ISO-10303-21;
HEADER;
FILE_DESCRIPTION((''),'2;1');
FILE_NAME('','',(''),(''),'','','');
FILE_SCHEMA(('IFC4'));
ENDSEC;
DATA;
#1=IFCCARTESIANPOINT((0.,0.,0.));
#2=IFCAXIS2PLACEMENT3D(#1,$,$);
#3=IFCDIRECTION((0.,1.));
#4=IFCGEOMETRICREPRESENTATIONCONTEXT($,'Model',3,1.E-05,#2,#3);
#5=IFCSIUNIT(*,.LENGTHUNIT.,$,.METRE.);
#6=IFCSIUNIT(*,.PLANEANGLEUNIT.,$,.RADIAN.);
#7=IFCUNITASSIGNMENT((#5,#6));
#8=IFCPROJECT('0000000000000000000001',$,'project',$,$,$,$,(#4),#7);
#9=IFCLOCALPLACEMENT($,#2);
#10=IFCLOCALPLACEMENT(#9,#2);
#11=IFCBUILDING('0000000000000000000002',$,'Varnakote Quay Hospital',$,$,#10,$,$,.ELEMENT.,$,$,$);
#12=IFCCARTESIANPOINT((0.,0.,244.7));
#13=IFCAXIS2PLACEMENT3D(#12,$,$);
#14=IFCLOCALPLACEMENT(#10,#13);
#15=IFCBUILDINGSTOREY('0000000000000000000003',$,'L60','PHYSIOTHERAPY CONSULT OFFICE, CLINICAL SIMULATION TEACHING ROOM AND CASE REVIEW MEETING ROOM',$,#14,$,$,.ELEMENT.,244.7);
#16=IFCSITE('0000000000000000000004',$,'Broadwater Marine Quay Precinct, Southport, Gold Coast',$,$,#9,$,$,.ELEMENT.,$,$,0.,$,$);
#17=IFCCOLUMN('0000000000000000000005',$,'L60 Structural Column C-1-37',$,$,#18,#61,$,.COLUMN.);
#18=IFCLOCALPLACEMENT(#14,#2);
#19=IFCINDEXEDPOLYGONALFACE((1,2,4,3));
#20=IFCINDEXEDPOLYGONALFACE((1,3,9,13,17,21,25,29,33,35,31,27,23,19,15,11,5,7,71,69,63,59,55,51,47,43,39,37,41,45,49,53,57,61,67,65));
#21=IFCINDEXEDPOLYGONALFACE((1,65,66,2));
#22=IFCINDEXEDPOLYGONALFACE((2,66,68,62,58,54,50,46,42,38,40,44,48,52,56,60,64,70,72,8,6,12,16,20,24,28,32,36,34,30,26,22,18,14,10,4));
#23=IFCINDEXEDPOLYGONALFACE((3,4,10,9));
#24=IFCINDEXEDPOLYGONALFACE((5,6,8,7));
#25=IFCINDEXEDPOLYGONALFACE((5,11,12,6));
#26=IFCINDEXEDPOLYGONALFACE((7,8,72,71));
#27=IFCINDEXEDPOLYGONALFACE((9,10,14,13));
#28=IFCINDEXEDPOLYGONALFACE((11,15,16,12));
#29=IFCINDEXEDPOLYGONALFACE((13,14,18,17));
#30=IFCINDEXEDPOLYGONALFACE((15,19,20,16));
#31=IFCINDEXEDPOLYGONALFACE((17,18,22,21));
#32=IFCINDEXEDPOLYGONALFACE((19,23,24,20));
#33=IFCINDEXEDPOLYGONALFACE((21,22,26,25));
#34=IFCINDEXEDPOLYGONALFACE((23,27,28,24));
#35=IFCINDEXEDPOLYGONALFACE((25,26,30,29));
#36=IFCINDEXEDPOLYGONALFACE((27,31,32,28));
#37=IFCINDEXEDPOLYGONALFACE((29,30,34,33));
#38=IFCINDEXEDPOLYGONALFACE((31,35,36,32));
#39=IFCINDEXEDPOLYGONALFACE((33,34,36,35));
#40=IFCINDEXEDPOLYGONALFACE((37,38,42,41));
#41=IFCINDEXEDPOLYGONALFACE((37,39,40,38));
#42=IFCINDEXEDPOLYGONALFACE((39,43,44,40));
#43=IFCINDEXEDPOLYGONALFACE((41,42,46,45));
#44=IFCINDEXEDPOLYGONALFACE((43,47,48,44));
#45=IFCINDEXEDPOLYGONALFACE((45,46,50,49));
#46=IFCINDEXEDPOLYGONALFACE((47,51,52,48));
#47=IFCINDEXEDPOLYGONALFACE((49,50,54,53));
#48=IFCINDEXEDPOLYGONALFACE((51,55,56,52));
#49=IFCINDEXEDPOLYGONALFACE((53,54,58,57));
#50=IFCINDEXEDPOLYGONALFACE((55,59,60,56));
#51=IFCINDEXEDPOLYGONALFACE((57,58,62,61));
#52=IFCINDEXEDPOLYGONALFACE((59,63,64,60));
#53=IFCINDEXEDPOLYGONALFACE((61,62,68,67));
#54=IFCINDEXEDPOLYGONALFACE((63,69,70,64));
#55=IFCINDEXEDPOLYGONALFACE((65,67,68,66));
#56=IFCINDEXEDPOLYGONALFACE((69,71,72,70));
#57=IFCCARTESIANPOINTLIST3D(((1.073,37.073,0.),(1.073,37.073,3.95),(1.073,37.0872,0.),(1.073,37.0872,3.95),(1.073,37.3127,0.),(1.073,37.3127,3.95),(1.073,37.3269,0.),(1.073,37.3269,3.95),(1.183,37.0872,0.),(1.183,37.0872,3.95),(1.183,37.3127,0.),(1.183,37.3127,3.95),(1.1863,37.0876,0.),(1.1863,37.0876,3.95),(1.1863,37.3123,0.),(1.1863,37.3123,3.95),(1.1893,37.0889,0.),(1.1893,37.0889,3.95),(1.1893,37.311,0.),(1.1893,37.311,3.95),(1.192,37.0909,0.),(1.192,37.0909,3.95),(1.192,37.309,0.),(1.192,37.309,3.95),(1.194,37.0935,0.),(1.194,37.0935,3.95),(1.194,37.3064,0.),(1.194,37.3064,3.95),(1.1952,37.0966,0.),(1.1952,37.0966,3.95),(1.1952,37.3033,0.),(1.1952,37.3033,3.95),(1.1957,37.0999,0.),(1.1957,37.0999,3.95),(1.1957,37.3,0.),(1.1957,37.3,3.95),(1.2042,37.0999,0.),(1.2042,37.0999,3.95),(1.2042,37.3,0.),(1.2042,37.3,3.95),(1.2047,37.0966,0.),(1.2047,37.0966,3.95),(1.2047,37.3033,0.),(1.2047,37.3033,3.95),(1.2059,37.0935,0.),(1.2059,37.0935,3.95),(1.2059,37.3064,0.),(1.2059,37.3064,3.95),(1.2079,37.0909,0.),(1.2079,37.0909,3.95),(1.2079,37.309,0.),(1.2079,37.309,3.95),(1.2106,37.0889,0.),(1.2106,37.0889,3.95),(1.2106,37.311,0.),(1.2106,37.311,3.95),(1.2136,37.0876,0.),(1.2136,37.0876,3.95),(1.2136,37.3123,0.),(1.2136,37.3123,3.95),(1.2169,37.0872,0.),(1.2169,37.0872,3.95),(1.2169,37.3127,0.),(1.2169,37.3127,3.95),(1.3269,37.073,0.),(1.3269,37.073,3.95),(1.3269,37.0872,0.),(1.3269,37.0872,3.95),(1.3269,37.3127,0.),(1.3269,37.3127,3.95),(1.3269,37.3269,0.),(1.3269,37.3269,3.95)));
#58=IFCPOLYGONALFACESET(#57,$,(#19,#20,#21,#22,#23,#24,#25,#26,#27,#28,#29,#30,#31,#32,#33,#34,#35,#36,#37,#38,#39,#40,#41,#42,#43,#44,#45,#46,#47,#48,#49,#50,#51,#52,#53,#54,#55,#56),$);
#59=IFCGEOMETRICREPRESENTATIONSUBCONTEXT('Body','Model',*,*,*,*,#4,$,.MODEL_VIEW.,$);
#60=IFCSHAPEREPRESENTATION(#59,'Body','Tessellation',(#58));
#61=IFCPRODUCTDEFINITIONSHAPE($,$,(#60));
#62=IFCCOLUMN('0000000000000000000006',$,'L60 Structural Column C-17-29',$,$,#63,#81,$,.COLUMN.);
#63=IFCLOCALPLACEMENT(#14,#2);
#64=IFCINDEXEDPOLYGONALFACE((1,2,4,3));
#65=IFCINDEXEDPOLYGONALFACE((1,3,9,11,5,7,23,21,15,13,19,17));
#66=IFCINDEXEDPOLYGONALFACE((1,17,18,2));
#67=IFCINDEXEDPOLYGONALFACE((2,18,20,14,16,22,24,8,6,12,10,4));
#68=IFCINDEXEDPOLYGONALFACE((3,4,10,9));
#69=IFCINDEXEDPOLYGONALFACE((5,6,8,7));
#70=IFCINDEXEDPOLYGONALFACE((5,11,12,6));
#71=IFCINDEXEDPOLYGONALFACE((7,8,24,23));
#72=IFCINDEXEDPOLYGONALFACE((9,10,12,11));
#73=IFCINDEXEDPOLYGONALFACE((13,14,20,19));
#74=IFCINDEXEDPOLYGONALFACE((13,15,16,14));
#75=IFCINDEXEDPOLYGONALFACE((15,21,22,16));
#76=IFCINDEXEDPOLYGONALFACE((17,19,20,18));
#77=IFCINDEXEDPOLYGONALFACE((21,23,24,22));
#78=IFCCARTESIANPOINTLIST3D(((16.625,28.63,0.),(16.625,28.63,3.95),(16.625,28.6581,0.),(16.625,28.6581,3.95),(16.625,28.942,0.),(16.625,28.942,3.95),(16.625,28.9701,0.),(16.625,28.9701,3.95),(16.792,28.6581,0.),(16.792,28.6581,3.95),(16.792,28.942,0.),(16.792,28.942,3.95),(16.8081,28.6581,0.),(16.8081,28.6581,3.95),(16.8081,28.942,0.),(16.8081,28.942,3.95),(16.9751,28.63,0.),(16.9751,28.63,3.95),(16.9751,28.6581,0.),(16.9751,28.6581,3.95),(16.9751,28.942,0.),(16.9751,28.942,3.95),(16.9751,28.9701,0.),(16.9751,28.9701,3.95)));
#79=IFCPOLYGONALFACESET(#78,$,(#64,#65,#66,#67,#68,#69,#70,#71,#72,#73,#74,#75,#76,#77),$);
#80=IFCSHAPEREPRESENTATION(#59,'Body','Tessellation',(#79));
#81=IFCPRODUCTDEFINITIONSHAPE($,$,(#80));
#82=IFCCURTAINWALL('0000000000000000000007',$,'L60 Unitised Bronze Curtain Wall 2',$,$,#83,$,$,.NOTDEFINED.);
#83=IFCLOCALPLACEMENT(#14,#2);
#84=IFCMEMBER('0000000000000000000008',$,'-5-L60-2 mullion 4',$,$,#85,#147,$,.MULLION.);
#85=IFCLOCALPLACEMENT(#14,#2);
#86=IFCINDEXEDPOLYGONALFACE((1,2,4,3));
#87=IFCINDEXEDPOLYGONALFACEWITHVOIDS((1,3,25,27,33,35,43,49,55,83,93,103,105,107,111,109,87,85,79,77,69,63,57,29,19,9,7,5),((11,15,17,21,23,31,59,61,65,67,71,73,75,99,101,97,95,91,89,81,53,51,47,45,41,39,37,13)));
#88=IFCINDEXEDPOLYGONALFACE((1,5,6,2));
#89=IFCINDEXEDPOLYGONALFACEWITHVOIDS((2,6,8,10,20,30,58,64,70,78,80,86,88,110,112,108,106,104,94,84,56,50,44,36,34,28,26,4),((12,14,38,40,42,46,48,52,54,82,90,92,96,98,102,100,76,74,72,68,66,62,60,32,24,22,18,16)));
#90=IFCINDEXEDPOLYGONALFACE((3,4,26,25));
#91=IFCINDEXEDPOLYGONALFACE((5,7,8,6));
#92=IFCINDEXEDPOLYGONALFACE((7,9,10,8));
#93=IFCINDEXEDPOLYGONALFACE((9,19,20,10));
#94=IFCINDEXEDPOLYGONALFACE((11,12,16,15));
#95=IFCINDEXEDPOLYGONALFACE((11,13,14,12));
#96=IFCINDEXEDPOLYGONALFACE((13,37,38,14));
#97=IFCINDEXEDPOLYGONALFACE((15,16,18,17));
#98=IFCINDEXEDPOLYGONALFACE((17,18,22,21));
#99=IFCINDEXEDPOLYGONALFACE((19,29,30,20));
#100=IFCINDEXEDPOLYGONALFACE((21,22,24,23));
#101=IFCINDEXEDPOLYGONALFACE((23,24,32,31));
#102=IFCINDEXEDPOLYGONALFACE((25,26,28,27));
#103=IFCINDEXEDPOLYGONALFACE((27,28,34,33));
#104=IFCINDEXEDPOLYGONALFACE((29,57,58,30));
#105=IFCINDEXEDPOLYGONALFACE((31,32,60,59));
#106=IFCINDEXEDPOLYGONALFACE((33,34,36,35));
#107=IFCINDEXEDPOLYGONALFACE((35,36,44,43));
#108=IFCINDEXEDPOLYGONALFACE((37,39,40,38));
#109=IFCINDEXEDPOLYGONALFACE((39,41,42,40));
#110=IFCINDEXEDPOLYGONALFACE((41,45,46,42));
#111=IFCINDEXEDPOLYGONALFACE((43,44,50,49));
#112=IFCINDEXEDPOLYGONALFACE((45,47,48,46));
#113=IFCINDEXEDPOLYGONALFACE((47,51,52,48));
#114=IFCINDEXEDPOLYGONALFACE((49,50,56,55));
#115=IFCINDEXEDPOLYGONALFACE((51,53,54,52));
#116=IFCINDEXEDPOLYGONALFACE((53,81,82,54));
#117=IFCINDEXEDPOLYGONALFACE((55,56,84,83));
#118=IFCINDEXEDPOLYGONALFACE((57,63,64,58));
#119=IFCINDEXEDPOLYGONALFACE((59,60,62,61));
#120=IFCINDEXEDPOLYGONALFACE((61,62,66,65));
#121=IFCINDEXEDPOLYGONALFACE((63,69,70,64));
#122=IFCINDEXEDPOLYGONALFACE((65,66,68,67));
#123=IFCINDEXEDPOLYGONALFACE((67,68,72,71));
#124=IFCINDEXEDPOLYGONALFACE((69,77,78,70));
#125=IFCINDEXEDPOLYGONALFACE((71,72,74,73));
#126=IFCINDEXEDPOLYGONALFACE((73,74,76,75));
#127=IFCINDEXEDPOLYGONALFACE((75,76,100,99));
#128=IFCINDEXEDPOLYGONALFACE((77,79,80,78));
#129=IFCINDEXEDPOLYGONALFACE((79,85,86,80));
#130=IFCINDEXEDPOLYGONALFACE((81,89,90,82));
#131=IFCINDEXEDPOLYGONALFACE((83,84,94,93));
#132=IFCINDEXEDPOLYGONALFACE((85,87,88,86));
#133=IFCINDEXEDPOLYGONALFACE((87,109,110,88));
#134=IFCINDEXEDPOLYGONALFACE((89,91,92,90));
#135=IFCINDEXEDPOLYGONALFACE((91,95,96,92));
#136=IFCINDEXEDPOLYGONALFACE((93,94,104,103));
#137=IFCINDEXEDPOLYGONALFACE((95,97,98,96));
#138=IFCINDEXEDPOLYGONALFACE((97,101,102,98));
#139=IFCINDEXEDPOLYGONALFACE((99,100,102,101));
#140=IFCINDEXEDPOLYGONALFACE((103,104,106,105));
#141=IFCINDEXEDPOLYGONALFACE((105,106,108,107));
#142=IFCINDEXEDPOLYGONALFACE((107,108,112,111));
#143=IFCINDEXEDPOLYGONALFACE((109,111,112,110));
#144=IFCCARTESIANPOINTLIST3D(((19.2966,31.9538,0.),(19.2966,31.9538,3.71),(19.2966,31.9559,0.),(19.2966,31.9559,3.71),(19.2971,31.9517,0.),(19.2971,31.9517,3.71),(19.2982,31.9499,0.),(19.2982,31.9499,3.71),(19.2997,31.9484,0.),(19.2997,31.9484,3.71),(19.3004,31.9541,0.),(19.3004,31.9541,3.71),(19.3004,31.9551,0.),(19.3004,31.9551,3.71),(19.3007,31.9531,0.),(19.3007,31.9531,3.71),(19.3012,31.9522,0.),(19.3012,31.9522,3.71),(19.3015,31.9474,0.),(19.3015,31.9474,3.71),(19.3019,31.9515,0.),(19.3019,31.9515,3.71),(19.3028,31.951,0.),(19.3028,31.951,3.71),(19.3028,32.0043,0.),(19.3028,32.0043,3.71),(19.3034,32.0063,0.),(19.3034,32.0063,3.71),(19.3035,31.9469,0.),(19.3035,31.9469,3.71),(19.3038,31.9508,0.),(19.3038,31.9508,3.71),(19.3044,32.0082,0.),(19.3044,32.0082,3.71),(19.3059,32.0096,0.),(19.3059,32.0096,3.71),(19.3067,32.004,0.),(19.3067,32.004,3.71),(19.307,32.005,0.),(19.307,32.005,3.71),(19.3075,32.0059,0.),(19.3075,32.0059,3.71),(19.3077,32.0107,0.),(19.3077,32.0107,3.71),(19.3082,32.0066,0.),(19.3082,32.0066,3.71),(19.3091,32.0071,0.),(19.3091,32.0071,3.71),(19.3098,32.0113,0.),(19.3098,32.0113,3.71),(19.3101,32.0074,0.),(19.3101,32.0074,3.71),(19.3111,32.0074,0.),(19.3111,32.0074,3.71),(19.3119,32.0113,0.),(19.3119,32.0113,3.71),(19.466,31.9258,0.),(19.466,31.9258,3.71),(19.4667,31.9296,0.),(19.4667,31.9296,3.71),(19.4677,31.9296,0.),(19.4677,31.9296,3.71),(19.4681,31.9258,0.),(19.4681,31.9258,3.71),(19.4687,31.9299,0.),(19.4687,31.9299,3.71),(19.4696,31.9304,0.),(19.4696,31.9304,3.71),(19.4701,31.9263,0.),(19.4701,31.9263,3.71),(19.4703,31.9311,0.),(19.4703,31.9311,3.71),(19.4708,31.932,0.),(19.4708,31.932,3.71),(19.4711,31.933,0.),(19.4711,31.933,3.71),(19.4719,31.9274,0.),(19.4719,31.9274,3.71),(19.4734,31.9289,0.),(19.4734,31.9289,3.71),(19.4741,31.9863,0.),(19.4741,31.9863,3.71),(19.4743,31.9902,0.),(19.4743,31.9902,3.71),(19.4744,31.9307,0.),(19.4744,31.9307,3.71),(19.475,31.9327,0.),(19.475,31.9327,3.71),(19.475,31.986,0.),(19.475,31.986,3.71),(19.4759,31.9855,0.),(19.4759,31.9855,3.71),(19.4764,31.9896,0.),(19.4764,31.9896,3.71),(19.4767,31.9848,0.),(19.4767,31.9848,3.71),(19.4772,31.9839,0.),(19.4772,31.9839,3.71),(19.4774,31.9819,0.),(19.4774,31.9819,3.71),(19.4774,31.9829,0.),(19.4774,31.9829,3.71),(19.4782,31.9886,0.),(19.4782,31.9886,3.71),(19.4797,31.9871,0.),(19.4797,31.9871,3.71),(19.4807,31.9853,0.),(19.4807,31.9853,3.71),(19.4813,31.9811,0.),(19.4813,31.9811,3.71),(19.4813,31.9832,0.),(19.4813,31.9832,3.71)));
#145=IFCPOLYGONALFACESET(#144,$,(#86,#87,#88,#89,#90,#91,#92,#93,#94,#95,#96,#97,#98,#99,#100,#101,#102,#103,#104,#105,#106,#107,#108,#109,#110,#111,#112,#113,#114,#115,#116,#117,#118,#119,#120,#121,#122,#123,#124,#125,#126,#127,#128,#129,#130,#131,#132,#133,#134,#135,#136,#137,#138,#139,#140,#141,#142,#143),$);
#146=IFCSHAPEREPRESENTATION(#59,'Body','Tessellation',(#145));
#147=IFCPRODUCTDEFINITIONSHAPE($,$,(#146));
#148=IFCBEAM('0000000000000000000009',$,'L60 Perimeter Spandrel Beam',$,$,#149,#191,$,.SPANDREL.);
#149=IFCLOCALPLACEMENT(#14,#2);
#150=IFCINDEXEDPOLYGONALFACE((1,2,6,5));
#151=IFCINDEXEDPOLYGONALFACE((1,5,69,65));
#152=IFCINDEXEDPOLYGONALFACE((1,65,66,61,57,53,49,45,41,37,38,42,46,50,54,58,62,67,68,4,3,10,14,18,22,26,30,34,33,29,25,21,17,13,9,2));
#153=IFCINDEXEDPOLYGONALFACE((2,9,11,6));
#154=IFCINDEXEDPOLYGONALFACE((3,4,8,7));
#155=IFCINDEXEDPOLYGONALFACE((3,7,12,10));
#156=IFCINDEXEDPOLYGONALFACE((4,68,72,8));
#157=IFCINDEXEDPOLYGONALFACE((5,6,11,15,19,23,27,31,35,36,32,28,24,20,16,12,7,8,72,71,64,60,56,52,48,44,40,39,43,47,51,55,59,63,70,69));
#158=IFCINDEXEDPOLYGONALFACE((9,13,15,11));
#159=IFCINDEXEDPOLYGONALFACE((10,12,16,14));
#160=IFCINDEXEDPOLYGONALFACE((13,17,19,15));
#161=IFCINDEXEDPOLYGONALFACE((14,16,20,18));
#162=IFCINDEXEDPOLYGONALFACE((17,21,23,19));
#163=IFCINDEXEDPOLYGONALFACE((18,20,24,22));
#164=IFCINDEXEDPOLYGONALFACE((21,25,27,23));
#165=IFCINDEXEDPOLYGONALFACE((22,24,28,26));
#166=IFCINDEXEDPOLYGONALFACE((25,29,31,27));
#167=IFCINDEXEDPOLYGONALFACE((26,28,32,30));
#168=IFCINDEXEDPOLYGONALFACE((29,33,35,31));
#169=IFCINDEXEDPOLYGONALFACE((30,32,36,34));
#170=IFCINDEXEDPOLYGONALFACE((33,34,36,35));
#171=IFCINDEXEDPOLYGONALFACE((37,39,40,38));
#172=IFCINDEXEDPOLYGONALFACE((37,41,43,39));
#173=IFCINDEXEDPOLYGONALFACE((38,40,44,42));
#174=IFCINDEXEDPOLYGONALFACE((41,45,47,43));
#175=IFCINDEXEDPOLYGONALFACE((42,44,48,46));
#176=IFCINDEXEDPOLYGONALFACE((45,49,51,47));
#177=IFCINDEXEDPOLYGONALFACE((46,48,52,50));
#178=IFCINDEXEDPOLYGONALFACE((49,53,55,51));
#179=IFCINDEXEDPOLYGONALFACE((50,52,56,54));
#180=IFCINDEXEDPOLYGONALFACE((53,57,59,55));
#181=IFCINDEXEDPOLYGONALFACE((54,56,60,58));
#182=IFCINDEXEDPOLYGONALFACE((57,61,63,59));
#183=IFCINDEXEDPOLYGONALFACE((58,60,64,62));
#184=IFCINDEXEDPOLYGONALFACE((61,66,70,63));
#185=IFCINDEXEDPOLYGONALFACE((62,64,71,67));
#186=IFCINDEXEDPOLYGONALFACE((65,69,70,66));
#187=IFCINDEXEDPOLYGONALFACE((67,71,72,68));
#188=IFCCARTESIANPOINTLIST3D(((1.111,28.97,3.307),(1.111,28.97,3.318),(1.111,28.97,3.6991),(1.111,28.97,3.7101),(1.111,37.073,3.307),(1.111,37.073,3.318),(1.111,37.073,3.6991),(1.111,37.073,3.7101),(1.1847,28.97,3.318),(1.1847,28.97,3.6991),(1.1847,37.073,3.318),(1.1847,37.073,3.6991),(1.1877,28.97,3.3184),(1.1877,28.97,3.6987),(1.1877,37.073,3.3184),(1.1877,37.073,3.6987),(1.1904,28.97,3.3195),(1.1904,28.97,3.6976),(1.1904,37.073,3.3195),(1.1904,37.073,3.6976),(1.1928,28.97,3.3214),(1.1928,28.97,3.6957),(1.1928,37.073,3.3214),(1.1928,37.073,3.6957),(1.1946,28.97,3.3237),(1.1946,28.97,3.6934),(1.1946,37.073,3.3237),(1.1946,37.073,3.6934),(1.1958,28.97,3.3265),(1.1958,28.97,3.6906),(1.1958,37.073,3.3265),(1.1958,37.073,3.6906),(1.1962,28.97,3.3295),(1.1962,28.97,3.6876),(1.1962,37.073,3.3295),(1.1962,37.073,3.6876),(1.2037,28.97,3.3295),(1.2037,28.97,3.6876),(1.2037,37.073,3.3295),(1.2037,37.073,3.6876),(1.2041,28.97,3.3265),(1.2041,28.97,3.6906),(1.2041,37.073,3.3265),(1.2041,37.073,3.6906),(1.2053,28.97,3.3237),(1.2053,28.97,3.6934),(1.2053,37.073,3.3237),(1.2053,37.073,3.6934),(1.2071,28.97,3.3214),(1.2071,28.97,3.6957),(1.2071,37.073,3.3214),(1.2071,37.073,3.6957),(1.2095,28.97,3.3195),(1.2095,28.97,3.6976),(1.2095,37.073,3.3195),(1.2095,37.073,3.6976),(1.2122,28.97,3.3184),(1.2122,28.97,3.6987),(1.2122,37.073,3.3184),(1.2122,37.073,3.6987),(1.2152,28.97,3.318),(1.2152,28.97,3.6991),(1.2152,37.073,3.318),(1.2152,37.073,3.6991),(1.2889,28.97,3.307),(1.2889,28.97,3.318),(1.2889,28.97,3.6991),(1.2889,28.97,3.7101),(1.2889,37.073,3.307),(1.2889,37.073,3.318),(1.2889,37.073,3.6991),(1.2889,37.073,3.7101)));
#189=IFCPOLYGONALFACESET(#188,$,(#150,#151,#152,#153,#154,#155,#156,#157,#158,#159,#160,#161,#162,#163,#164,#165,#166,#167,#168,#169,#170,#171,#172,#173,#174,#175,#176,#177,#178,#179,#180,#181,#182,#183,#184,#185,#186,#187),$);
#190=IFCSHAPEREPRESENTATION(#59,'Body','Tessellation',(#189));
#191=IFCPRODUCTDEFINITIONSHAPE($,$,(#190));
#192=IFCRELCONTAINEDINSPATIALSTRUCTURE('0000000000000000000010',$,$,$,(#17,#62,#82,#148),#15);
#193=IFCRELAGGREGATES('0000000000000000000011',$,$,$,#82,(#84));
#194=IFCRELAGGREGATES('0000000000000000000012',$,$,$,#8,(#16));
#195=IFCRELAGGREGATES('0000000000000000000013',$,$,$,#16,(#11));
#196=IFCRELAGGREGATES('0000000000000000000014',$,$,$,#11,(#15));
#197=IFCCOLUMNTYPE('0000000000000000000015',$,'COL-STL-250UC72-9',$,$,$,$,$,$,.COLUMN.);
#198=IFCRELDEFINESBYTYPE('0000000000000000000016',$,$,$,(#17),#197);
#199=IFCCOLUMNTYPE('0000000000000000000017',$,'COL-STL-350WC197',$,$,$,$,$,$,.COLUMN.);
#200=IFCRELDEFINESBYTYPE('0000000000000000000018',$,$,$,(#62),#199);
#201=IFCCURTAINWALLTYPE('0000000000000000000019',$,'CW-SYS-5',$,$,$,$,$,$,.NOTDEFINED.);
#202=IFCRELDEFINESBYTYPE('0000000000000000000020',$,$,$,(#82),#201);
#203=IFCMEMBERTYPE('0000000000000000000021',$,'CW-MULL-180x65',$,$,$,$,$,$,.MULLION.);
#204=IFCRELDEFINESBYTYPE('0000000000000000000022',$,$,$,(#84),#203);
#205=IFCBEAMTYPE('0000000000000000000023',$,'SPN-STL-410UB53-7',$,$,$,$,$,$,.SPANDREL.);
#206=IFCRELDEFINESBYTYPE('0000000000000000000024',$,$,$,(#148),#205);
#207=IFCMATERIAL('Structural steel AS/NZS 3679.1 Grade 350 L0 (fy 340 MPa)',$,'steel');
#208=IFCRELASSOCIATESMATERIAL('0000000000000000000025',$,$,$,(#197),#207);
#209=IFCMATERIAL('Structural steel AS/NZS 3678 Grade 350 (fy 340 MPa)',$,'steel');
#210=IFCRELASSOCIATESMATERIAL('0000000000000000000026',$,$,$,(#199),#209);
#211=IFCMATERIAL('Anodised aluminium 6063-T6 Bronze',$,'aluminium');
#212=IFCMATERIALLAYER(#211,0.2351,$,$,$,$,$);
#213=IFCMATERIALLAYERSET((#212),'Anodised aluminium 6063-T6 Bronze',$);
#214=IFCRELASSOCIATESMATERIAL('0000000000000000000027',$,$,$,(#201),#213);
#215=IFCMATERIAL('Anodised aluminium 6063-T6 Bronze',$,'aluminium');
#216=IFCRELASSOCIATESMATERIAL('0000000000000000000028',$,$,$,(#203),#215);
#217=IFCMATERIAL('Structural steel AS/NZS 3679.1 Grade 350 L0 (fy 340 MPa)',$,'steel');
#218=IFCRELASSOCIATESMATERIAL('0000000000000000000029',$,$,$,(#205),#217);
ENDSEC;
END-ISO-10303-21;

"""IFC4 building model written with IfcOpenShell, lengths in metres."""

from ifc_helpers import new_model, si_unit, direction, frame, origin, origin_2d, place, context, subcontext, project, spatial, hollow_rectangle, i_section, extrude, material, layer, layer_set, material_profile, profile_set, type_object, element, aggregate, save


model = new_model("IFC4")

# Units and contexts
model_context = context("Model", 3, precision=1e-05, world=origin(), true_north=direction((0.0, 1.0)))
body_context = subcontext(model_context, "Body", "Model", "MODEL_VIEW")
ifc_project = project(units=[si_unit("LENGTHUNIT", "METRE"), si_unit("PLANEANGLEUNIT", "RADIAN")], contexts=[model_context])

# Site, building, storey
site_placement = place(None, origin())
site = spatial("IfcSite", under=ifc_project, at=site_placement, Name="Broadwater Marine Quay Precinct, Southport, Gold Coast", CompositionType="ELEMENT", RefElevation=0.0)
building_placement = place(site_placement, origin())
building = spatial("IfcBuilding", under=site, at=building_placement, Name="Varnakote Quay Hospital", CompositionType="ELEMENT")
storey_placement = place(building_placement, frame((0.0, 0.0, 244.7)))
storey = spatial("IfcBuildingStorey", under=building, at=storey_placement, Name="L60", Description="PHYSIOTHERAPY CONSULT OFFICE, CLINICAL SIMULATION TEACHING ROOM AND CASE REVIEW MEETING ROOM", CompositionType="ELEMENT", Elevation=244.7)

# Columns
ifc_material_1 = material(Name="Structural steel AS/NZS 3679.1 Grade 350 L0 (fy 340 MPa)", Category="steel")
ifc_material_profile_1 = material_profile(ifc_material_1, i_section(OverallWidth=0.2539, OverallDepth=0.2539, WebThickness=0.0085, FlangeThickness=0.0142, FilletRadius=0.0127, at=origin_2d()), Name="250UC72.9")
ifc_profile_set_1 = profile_set([ifc_material_profile_1], Name="Structural steel AS/NZS 3679.1 Grade 350 L0 (fy 340 MPa)")
column_type_1 = type_object("IfcColumnType", Name="COL-STL-250UC72-9", PredefinedType="COLUMN", material=ifc_profile_set_1)
column_1_placement = place(storey_placement, frame((1.2, 37.2, 0.0), z_axis=(0.0, 0.0, 1.0), x_axis=(1.0, 0.0, 0.0)))
element("IfcColumn", 1, at=column_1_placement, inside=storey, type_object=column_type_1, Name="L60 Structural Column C-1-37", PredefinedType="COLUMN", context=body_context, shape_type="SweptSolid", body=[
    extrude(i_section(OverallWidth=0.2539, OverallDepth=0.2539, WebThickness=0.0085, FlangeThickness=0.0142, FilletRadius=0.0127, at=origin_2d()), origin(), (0.0, 0.0, 1.0), 3.95),
])
ifc_material_2 = material(Name="Structural steel AS/NZS 3678 Grade 350 (fy 340 MPa)", Category="steel")
ifc_material_profile_2 = material_profile(ifc_material_2, i_section(OverallWidth=0.3501, OverallDepth=0.3401, WebThickness=0.0161, FlangeThickness=0.0281, at=origin_2d()), Name="350WC197")
ifc_profile_set_2 = profile_set([ifc_material_profile_2], Name="Structural steel AS/NZS 3678 Grade 350 (fy 340 MPa)")
column_type_2 = type_object("IfcColumnType", Name="COL-STL-350WC197", PredefinedType="COLUMN", material=ifc_profile_set_2)
column_2_placement = place(storey_placement, frame((16.8, 28.8, 0.0), z_axis=(0.0, 0.0, 1.0), x_axis=(1.0, 0.0, 0.0)))
element("IfcColumn", 2, at=column_2_placement, inside=storey, type_object=column_type_2, Name="L60 Structural Column C-17-29", PredefinedType="COLUMN", context=body_context, shape_type="SweptSolid", body=[
    extrude(i_section(OverallWidth=0.3501, OverallDepth=0.3401, WebThickness=0.0161, FlangeThickness=0.0281, at=origin_2d()), origin(), (0.0, 0.0, 1.0), 3.95),
])

# Curtain wall, member
ifc_material_3 = material(Name="Anodised aluminium 6063-T6 Bronze", Category="aluminium")
ifc_layer_1 = layer(ifc_material_3, 0.2351)
ifc_layer_set_1 = layer_set([ifc_layer_1], Name="Anodised aluminium 6063-T6 Bronze")
curtain_wall_type = type_object("IfcCurtainWallType", Name="CW-SYS-5", PredefinedType="NOTDEFINED", material=ifc_layer_set_1)
curtain_wall_placement = place(storey_placement, origin())
curtain_wall = element("IfcCurtainWall", 3, at=curtain_wall_placement, inside=storey, type_object=curtain_wall_type, Name="L60 Unitised Bronze Curtain Wall 2", PredefinedType="NOTDEFINED")
ifc_material_4 = material(Name="Anodised aluminium 6063-T6 Bronze", Category="aluminium")
ifc_material_profile_3 = material_profile(ifc_material_4, hollow_rectangle(XDim=0.0649, YDim=0.1799, WallThickness=0.0039, InnerFilletRadius=0.0039, OuterFilletRadius=0.0081, at=origin_2d()), Name="CW-MULL-180x65")
ifc_profile_set_3 = profile_set([ifc_material_profile_3], Name="Anodised aluminium 6063-T6 Bronze")
member_type = type_object("IfcMemberType", Name="CW-MULL-180x65", PredefinedType="MULLION", material=ifc_profile_set_3)
member_placement = place(storey_placement, frame((19.3889, 31.9685, 0.0), z_axis=(0.0, 0.0, 1.0), x_axis=(-0.128787, -0.991672, 0.0)))
member = element("IfcMember", 4, at=member_placement, type_object=member_type, Name="-5-L60-2 mullion 4", PredefinedType="MULLION", context=body_context, shape_type="SweptSolid", body=[
    extrude(hollow_rectangle(XDim=0.0649, YDim=0.1799, WallThickness=0.0039, InnerFilletRadius=0.0039, OuterFilletRadius=0.0081, at=origin_2d()), origin(), (0.0, 0.0, 1.0), 3.71),
])

# Beam
ifc_material_5 = material(Name="Structural steel AS/NZS 3679.1 Grade 350 L0 (fy 340 MPa)", Category="steel")
ifc_material_profile_4 = material_profile(ifc_material_5, i_section(OverallWidth=0.178, OverallDepth=0.4031, WebThickness=0.0076, FlangeThickness=0.011, FilletRadius=0.0115, at=origin_2d()), Name="410UB53.7")
ifc_profile_set_4 = profile_set([ifc_material_profile_4], Name="Structural steel AS/NZS 3679.1 Grade 350 L0 (fy 340 MPa)")
beam_type_1 = type_object("IfcBeamType", Name="SPN-STL-410UB53-7", PredefinedType="SPANDREL", material=ifc_profile_set_4)
beam_1_placement = place(storey_placement, frame((1.2, 28.97, 3.5085), z_axis=(0.0, 1.0, 0.0), x_axis=(-1.0, 0.0, 0.0)))
element("IfcBeam", 5, at=beam_1_placement, inside=storey, type_object=beam_type_1, Name="L60 Perimeter Spandrel Beam", PredefinedType="SPANDREL", context=body_context, shape_type="SweptSolid", body=[
    extrude(i_section(OverallWidth=0.178, OverallDepth=0.4031, WebThickness=0.0076, FlangeThickness=0.011, FilletRadius=0.0115, at=origin_2d()), origin(), (0.0, 0.0, 1.0), 8.103),
])

aggregate(curtain_wall, [member])

save(model, "model.ifc")
